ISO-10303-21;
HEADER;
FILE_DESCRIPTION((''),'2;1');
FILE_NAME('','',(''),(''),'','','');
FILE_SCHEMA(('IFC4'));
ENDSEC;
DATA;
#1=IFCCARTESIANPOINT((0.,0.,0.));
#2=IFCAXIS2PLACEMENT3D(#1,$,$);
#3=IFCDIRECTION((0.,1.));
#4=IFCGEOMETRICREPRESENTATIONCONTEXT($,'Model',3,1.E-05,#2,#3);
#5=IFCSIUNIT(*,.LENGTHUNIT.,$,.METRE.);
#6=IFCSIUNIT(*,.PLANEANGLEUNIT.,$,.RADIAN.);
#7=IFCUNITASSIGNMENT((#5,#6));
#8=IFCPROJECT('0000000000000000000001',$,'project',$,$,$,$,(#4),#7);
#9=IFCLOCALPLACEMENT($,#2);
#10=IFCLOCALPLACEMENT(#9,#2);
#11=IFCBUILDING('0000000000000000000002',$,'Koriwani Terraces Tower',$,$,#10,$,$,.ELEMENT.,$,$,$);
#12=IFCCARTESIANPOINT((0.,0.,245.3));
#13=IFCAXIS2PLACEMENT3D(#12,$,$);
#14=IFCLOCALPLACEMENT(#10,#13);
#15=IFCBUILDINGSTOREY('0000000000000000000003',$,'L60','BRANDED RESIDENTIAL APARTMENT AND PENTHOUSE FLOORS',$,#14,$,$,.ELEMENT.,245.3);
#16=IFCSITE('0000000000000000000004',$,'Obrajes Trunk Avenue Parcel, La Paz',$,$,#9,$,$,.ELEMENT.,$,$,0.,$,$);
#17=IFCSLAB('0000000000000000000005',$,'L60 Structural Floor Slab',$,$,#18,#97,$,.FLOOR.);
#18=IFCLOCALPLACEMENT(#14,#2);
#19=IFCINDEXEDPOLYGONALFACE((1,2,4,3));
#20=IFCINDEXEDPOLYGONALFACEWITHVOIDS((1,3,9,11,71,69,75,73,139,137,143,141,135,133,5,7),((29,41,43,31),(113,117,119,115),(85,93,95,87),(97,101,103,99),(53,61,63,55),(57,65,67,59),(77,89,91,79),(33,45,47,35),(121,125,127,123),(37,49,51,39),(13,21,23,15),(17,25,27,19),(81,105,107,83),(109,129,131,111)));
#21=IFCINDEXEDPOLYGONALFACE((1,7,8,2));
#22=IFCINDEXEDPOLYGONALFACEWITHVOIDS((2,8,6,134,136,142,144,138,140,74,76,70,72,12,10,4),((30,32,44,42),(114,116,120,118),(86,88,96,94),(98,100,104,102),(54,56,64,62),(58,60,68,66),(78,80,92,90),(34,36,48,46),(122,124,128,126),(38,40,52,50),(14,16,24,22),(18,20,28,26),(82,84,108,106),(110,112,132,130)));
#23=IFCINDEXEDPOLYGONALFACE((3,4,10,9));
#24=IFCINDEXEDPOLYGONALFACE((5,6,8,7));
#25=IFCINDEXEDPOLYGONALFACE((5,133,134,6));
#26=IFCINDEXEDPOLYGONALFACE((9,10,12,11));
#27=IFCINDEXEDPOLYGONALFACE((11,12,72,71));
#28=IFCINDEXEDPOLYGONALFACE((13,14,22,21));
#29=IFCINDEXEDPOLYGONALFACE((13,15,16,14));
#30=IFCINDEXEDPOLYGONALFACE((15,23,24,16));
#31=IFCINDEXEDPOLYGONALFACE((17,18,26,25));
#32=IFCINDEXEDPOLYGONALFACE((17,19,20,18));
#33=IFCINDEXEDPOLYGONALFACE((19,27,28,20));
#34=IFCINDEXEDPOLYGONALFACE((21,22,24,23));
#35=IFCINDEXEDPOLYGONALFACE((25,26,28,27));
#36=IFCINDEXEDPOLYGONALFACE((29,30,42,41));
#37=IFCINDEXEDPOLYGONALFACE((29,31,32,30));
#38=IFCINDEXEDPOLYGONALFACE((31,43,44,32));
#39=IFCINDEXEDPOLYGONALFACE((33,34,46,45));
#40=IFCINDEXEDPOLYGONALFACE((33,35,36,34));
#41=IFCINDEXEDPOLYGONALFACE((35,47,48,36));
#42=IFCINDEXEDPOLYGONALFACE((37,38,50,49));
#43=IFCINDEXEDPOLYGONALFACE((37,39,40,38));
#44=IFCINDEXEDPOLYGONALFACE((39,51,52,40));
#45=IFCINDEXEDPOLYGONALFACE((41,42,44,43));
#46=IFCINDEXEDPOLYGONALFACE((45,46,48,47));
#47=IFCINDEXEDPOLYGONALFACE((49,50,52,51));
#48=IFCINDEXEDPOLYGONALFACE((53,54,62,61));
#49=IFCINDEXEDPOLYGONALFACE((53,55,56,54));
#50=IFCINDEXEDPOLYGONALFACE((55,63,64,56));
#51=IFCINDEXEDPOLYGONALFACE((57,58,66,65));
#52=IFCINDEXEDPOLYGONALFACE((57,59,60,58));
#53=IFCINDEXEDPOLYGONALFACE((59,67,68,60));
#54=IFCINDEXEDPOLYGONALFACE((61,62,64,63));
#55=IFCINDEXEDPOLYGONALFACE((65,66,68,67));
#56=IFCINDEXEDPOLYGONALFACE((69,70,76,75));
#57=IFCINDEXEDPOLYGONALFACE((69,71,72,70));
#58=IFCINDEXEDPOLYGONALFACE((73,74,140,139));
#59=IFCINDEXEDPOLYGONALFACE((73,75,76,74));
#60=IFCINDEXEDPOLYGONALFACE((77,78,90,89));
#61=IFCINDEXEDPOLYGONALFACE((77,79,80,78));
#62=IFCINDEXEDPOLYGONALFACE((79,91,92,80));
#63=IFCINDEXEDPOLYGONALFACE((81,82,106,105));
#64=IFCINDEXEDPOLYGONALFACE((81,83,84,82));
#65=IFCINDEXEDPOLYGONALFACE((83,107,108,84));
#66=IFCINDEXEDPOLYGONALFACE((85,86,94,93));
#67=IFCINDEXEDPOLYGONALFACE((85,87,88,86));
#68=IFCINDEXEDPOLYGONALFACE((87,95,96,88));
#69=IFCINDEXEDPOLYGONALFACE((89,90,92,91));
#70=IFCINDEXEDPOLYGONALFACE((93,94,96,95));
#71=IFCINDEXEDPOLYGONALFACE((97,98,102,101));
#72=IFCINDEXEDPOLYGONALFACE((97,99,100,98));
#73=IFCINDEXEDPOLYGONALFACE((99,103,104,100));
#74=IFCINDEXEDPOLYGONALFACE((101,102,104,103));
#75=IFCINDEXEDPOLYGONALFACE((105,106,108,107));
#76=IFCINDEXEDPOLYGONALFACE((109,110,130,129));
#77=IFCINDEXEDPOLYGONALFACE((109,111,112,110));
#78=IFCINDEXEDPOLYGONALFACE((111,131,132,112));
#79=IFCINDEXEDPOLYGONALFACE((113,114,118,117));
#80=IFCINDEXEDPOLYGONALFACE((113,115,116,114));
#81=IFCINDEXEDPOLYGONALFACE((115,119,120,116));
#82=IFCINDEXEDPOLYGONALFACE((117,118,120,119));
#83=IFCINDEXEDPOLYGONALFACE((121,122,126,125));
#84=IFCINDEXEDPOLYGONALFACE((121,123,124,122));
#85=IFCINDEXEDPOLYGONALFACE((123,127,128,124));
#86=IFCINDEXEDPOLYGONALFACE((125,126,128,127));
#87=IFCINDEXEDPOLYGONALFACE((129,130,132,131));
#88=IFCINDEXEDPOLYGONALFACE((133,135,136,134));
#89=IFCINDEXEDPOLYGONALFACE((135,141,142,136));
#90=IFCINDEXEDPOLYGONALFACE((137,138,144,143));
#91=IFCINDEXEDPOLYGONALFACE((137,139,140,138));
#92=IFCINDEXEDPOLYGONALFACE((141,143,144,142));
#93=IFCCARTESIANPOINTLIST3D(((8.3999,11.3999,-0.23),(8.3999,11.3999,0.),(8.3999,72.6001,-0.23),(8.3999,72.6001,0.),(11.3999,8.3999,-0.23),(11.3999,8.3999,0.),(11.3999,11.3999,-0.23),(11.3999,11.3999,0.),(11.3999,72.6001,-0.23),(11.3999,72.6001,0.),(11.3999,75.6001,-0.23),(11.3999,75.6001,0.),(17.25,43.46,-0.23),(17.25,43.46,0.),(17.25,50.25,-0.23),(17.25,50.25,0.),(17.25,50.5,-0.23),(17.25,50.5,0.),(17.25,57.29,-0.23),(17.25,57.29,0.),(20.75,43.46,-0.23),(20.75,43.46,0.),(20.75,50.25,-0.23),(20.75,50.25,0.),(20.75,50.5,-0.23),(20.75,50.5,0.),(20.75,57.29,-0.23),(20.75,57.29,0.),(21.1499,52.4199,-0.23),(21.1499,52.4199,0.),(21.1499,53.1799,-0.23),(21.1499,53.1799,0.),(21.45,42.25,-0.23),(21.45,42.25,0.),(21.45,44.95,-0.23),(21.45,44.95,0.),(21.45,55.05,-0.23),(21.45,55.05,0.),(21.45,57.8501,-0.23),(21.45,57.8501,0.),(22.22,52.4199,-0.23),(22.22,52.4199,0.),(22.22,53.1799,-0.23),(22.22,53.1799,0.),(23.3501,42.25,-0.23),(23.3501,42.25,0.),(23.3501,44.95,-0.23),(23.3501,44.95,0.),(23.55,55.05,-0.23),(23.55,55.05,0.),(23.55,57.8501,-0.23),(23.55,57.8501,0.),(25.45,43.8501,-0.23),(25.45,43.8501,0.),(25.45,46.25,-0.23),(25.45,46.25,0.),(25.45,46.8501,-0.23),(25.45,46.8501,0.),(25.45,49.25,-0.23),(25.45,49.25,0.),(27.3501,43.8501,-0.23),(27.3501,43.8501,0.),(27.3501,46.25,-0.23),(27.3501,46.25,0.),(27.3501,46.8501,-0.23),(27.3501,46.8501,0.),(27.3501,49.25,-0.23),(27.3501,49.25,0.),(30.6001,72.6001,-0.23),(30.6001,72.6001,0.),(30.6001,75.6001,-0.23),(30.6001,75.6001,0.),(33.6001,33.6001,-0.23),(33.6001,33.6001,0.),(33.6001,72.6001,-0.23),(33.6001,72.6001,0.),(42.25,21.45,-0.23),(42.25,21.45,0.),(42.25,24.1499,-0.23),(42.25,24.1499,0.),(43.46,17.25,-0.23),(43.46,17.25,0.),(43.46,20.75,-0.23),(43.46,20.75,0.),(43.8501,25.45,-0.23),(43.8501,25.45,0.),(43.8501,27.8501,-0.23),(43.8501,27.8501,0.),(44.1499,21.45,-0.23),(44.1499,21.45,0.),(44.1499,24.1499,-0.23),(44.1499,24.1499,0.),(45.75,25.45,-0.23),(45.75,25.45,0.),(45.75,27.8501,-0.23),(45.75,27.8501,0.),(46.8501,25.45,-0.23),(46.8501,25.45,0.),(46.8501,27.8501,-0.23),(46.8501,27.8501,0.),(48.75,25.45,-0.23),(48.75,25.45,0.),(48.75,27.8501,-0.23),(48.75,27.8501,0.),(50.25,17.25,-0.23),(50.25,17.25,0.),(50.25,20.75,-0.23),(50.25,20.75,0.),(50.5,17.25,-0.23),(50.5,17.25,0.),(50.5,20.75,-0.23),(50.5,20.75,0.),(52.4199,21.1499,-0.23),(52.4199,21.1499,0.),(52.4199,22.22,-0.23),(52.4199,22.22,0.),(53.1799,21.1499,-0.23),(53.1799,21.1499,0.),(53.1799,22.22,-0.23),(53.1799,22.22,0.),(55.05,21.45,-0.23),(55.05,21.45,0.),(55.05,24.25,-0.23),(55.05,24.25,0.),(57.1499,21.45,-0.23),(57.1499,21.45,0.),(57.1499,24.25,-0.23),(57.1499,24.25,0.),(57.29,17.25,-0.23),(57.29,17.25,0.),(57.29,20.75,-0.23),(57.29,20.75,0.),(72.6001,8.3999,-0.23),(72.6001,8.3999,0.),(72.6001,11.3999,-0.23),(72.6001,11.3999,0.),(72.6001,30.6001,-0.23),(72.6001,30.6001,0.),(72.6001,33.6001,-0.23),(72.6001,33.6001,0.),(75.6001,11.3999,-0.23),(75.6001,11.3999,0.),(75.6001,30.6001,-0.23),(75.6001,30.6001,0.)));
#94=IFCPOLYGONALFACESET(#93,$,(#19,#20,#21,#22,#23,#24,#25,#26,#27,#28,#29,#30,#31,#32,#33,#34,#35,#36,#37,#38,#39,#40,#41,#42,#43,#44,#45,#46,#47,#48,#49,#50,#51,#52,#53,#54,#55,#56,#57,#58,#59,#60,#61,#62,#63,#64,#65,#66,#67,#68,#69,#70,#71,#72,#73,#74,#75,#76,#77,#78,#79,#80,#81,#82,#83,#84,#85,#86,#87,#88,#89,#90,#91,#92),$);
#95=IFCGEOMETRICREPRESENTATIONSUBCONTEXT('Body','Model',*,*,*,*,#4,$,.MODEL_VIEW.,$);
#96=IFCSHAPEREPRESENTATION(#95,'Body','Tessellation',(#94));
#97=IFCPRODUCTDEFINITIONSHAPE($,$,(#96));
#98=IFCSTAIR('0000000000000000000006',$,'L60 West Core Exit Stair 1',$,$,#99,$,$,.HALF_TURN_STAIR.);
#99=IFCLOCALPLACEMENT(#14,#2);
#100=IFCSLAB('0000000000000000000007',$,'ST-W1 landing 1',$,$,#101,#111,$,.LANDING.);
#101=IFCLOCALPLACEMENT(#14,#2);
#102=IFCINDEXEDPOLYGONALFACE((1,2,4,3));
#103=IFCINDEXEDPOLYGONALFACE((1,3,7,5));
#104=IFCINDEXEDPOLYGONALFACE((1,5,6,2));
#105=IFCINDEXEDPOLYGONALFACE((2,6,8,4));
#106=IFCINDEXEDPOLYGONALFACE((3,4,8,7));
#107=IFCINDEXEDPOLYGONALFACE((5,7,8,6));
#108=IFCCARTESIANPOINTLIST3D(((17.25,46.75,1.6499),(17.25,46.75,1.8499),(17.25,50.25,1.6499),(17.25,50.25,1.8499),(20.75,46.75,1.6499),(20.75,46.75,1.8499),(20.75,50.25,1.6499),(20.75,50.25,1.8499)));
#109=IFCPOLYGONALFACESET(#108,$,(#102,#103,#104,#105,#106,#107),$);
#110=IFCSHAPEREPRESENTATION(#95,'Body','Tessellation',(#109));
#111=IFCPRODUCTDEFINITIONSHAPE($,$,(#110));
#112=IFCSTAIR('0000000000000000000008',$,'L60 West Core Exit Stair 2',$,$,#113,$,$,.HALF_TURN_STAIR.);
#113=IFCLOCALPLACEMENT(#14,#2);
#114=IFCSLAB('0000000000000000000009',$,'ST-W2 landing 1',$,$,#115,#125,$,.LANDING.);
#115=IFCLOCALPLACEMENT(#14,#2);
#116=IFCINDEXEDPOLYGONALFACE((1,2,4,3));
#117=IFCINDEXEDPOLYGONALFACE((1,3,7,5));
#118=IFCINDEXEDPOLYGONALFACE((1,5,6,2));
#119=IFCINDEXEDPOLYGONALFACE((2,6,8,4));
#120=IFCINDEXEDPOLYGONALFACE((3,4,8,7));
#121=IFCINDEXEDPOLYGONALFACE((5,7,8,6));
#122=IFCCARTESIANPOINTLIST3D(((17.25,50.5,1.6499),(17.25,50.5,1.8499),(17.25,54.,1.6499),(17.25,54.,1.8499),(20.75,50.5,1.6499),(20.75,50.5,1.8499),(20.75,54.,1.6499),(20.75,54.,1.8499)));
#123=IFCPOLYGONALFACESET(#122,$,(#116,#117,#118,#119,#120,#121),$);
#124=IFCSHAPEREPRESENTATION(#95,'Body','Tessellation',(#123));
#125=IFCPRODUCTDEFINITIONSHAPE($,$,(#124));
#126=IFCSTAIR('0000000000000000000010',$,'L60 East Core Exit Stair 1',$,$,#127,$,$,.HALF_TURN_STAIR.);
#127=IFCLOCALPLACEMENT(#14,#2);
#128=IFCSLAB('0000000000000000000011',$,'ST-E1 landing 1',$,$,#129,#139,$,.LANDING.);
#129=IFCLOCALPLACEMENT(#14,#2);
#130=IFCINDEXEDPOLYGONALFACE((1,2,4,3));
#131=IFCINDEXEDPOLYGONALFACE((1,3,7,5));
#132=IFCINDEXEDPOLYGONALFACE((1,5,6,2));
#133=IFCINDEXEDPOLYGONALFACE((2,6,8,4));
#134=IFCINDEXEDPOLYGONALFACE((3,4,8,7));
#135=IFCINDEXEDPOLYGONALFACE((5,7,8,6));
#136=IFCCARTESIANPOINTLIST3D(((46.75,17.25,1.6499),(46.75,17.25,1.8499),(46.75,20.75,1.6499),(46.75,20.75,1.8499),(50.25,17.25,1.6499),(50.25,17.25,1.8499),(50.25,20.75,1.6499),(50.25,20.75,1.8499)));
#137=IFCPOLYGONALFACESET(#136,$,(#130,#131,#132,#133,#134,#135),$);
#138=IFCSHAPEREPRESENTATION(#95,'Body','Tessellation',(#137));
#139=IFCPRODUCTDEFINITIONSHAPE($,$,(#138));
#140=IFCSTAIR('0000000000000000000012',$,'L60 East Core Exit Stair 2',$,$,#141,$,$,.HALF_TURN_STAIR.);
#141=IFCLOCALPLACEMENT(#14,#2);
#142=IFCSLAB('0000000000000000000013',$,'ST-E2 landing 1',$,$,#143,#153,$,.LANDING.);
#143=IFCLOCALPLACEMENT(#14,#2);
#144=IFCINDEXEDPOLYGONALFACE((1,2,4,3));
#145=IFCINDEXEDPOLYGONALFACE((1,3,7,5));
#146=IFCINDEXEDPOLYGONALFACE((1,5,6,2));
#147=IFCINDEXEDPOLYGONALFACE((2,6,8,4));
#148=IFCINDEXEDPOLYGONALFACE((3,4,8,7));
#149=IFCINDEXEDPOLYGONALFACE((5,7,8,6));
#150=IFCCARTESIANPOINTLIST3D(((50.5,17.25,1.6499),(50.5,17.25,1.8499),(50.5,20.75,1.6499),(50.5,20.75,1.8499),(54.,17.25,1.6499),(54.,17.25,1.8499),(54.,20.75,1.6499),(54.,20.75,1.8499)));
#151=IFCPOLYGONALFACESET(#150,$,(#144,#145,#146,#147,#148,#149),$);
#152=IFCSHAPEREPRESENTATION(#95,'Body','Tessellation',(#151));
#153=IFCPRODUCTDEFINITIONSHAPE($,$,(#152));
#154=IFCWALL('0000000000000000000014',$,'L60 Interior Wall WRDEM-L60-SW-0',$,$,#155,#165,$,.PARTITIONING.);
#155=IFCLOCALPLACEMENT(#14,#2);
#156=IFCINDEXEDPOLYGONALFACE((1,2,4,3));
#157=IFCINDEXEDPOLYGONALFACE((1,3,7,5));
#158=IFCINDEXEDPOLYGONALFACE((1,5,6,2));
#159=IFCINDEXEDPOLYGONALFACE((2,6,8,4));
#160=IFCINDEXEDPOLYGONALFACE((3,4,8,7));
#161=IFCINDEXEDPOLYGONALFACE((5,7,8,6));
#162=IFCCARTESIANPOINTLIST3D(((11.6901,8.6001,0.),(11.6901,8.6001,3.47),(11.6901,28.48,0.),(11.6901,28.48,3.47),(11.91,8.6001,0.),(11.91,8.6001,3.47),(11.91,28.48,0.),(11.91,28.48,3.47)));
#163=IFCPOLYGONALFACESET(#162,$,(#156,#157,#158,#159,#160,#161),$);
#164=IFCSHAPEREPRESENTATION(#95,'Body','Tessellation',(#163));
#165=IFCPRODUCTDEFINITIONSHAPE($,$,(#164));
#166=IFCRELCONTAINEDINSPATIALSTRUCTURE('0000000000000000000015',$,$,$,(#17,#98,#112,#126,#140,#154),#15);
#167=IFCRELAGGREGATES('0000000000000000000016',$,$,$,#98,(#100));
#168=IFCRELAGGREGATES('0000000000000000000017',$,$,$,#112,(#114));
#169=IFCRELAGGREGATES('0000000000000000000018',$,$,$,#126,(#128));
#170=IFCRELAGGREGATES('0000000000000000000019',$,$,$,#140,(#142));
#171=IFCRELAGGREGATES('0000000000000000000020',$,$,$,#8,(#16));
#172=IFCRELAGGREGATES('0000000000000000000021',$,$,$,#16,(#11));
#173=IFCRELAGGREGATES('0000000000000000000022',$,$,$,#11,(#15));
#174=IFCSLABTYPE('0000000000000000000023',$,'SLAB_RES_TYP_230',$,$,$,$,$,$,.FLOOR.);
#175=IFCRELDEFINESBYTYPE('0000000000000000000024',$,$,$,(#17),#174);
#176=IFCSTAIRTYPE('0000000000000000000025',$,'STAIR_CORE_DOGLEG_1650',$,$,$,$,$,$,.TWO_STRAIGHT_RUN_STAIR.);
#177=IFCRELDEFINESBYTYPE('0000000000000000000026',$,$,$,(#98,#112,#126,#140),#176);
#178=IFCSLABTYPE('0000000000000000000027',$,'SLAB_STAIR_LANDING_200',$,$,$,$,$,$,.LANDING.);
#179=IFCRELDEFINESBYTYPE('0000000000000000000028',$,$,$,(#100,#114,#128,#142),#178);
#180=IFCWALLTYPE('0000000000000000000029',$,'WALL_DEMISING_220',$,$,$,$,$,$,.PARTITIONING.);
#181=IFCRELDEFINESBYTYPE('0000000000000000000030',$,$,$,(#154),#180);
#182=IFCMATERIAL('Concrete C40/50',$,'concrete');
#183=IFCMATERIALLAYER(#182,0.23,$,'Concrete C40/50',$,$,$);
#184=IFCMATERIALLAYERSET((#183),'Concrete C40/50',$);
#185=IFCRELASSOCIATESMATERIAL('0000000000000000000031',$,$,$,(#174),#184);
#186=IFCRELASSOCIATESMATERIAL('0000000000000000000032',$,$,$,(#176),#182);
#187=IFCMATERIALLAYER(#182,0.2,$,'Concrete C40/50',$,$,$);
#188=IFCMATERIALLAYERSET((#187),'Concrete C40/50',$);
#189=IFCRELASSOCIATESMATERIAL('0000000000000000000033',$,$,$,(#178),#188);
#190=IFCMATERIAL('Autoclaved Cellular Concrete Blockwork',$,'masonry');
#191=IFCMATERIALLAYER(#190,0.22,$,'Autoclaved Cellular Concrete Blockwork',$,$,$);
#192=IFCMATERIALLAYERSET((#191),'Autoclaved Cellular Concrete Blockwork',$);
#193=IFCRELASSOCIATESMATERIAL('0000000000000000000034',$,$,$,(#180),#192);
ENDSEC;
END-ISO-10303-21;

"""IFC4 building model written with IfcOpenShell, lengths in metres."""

from ifc_helpers import new_model, si_unit, direction, frame, frame_2d, origin, place, context, subcontext, project, spatial, polyline, rectangle, outline, extrude, material, layer, layer_set, type_object, element, aggregate, save


model = new_model("IFC4")

# Units and contexts
model_context = context("Model", 3, precision=1e-05, world=origin(), true_north=direction((0.0, 1.0)))
body_context = subcontext(model_context, "Body", "Model", "MODEL_VIEW")
ifc_project = project(units=[si_unit("LENGTHUNIT", "METRE"), si_unit("PLANEANGLEUNIT", "RADIAN")], contexts=[model_context])

# Site, building, storey
site_placement = place(None, origin())
site = spatial("IfcSite", under=ifc_project, at=site_placement, Name="Obrajes Trunk Avenue Parcel, La Paz", CompositionType="ELEMENT", RefElevation=0.0)
building_placement = place(site_placement, origin())
building = spatial("IfcBuilding", under=site, at=building_placement, Name="Koriwani Terraces Tower", CompositionType="ELEMENT")
storey_placement = place(building_placement, frame((0.0, 0.0, 245.3)))
storey = spatial("IfcBuildingStorey", under=building, at=storey_placement, Name="L60", Description="BRANDED RESIDENTIAL APARTMENT AND PENTHOUSE FLOORS", CompositionType="ELEMENT", Elevation=245.3)

# Shared definitions
ifc_material_1 = material(Name="Concrete C40/50", Category="concrete")

# Slab
ifc_layer_1 = layer(ifc_material_1, 0.23, Name="Concrete C40/50")
ifc_layer_set_1 = layer_set([ifc_layer_1], Name="Concrete C40/50")
slab_type_1 = type_object("IfcSlabType", Name="SLAB_RES_TYP_230", PredefinedType="FLOOR", material=ifc_layer_set_1)
slab_1_placement = place(storey_placement, frame((0.0, 0.0, -0.23)))
element("IfcSlab", 1, at=slab_1_placement, inside=storey, type_object=slab_type_1, Name="L60 Structural Floor Slab", PredefinedType="FLOOR", context=body_context, shape_type="SweptSolid", body=[
    extrude(outline(polyline([(11.3999, 8.3999), (72.6001, 8.3999), (72.6001, 11.3999), (75.6001, 11.3999), (75.6001, 30.6001), (72.6001, 30.6001), (72.6001, 33.6001), (33.6001, 33.6001), (33.6001, 72.6001), (30.6001, 72.6001), (30.6001, 75.6001), (11.3999, 75.6001), (11.3999, 72.6001), (8.3999, 72.6001), (8.3999, 11.3999), (11.3999, 11.3999), (11.3999, 8.3999)]), holes=[polyline([(17.25, 43.46), (20.75, 43.46), (20.75, 50.25), (17.25, 50.25), (17.25, 43.46)]), polyline([(17.25, 50.5), (20.75, 50.5), (20.75, 57.29), (17.25, 57.29), (17.25, 50.5)]), polyline([(43.46, 17.25), (50.25, 17.25), (50.25, 20.75), (43.46, 20.75), (43.46, 17.25)]), polyline([(50.5, 17.25), (57.29, 17.25), (57.29, 20.75), (50.5, 20.75), (50.5, 17.25)]), polyline([(25.45, 43.8501), (27.3501, 43.8501), (27.3501, 46.25), (25.45, 46.25), (25.45, 43.8501)]), polyline([(25.45, 46.8501), (27.3501, 46.8501), (27.3501, 49.25), (25.45, 49.25), (25.45, 46.8501)]), polyline([(43.8501, 25.45), (45.75, 25.45), (45.75, 27.8501), (43.8501, 27.8501), (43.8501, 25.45)]), polyline([(46.8501, 25.45), (48.75, 25.45), (48.75, 27.8501), (46.8501, 27.8501), (46.8501, 25.45)]), polyline([(21.45, 55.05), (23.55, 55.05), (23.55, 57.8501), (21.45, 57.8501), (21.45, 55.05)]), polyline([(55.05, 21.45), (57.1499, 21.45), (57.1499, 24.25), (55.05, 24.25), (55.05, 21.45)]), polyline([(21.45, 42.25), (23.3501, 42.25), (23.3501, 44.95), (21.45, 44.95), (21.45, 42.25)]), polyline([(42.25, 21.45), (44.1499, 21.45), (44.1499, 24.1499), (42.25, 24.1499), (42.25, 21.45)]), polyline([(21.1499, 52.4199), (22.22, 52.4199), (22.22, 53.1799), (21.1499, 53.1799), (21.1499, 52.4199)]), polyline([(52.4199, 21.1499), (53.1799, 21.1499), (53.1799, 22.22), (52.4199, 22.22), (52.4199, 21.1499)])]), origin(), (0.0, 0.0, 1.0), 0.23),
])

# Stairs, slabs
stair_type = type_object("IfcStairType", Name="STAIR_CORE_DOGLEG_1650", PredefinedType="TWO_STRAIGHT_RUN_STAIR", material=ifc_material_1)
stair_1_placement = place(storey_placement, origin())
stair_1 = element("IfcStair", 2, at=stair_1_placement, inside=storey, type_object=stair_type, Name="L60 West Core Exit Stair 1", PredefinedType="HALF_TURN_STAIR")
ifc_layer_2 = layer(ifc_material_1, 0.2, Name="Concrete C40/50")
ifc_layer_set_2 = layer_set([ifc_layer_2], Name="Concrete C40/50")
slab_type_2 = type_object("IfcSlabType", Name="SLAB_STAIR_LANDING_200", PredefinedType="LANDING", material=ifc_layer_set_2)
slab_2_placement = place(storey_placement, frame((0.0, 0.0, 1.6499)))
slab_2 = element("IfcSlab", 3, at=slab_2_placement, type_object=slab_type_2, Name="ST-W1 landing 1", PredefinedType="LANDING", context=body_context, shape_type="SweptSolid", body=[
    extrude(outline(polyline([(20.75, 46.75), (20.75, 50.25), (17.25, 50.25), (17.25, 46.75), (20.75, 46.75)])), origin(), (0.0, 0.0, 1.0), 0.2),
])
aggregate(stair_1, [slab_2])
stair_2_placement = place(storey_placement, origin())
stair_2 = element("IfcStair", 4, at=stair_2_placement, inside=storey, type_object=stair_type, Name="L60 West Core Exit Stair 2", PredefinedType="HALF_TURN_STAIR")
slab_3_placement = place(storey_placement, frame((0.0, 0.0, 1.6499)))
slab_3 = element("IfcSlab", 5, at=slab_3_placement, type_object=slab_type_2, Name="ST-W2 landing 1", PredefinedType="LANDING", context=body_context, shape_type="SweptSolid", body=[
    extrude(outline(polyline([(17.25, 54.0), (17.25, 50.5), (20.75, 50.5), (20.75, 54.0), (17.25, 54.0)])), origin(), (0.0, 0.0, 1.0), 0.2),
])
aggregate(stair_2, [slab_3])
stair_3_placement = place(storey_placement, origin())
stair_3 = element("IfcStair", 6, at=stair_3_placement, inside=storey, type_object=stair_type, Name="L60 East Core Exit Stair 1", PredefinedType="HALF_TURN_STAIR")
slab_4_placement = place(storey_placement, frame((0.0, 0.0, 1.6499)))
slab_4 = element("IfcSlab", 7, at=slab_4_placement, type_object=slab_type_2, Name="ST-E1 landing 1", PredefinedType="LANDING", context=body_context, shape_type="SweptSolid", body=[
    extrude(outline(polyline([(46.75, 17.25), (50.25, 17.25), (50.25, 20.75), (46.75, 20.75), (46.75, 17.25)])), origin(), (0.0, 0.0, 1.0), 0.2),
])
aggregate(stair_3, [slab_4])
stair_4_placement = place(storey_placement, origin())
stair_4 = element("IfcStair", 8, at=stair_4_placement, inside=storey, type_object=stair_type, Name="L60 East Core Exit Stair 2", PredefinedType="HALF_TURN_STAIR")
slab_5_placement = place(storey_placement, frame((0.0, 0.0, 1.6499)))
slab_5 = element("IfcSlab", 9, at=slab_5_placement, type_object=slab_type_2, Name="ST-E2 landing 1", PredefinedType="LANDING", context=body_context, shape_type="SweptSolid", body=[
    extrude(outline(polyline([(54.0, 20.75), (50.5, 20.75), (50.5, 17.25), (54.0, 17.25), (54.0, 20.75)])), origin(), (0.0, 0.0, 1.0), 0.2),
])
aggregate(stair_4, [slab_5])

# Wall
ifc_material_2 = material(Name="Autoclaved Cellular Concrete Blockwork", Category="masonry")
ifc_layer_3 = layer(ifc_material_2, 0.22, Name="Autoclaved Cellular Concrete Blockwork")
ifc_layer_set_3 = layer_set([ifc_layer_3], Name="Autoclaved Cellular Concrete Blockwork")
wall_type_1 = type_object("IfcWallType", Name="WALL_DEMISING_220", PredefinedType="PARTITIONING", material=ifc_layer_set_3)
wall_1_placement = place(storey_placement, frame((11.8, 8.6001, 0.0), z_axis=(0.0, 0.0, 1.0), x_axis=(0.0, 1.0, 0.0)))
element("IfcWall", 10, at=wall_1_placement, inside=storey, type_object=wall_type_1, Name="L60 Interior Wall WRDEM-L60-SW-0", PredefinedType="PARTITIONING", context=body_context, shape_type="SweptSolid", body=[
    extrude(rectangle(XDim=19.8799, YDim=0.22, at=frame_2d((9.9399, 0.0))), origin(), (0.0, 0.0, 1.0), 3.47),
])

save(model, "model.ifc")
